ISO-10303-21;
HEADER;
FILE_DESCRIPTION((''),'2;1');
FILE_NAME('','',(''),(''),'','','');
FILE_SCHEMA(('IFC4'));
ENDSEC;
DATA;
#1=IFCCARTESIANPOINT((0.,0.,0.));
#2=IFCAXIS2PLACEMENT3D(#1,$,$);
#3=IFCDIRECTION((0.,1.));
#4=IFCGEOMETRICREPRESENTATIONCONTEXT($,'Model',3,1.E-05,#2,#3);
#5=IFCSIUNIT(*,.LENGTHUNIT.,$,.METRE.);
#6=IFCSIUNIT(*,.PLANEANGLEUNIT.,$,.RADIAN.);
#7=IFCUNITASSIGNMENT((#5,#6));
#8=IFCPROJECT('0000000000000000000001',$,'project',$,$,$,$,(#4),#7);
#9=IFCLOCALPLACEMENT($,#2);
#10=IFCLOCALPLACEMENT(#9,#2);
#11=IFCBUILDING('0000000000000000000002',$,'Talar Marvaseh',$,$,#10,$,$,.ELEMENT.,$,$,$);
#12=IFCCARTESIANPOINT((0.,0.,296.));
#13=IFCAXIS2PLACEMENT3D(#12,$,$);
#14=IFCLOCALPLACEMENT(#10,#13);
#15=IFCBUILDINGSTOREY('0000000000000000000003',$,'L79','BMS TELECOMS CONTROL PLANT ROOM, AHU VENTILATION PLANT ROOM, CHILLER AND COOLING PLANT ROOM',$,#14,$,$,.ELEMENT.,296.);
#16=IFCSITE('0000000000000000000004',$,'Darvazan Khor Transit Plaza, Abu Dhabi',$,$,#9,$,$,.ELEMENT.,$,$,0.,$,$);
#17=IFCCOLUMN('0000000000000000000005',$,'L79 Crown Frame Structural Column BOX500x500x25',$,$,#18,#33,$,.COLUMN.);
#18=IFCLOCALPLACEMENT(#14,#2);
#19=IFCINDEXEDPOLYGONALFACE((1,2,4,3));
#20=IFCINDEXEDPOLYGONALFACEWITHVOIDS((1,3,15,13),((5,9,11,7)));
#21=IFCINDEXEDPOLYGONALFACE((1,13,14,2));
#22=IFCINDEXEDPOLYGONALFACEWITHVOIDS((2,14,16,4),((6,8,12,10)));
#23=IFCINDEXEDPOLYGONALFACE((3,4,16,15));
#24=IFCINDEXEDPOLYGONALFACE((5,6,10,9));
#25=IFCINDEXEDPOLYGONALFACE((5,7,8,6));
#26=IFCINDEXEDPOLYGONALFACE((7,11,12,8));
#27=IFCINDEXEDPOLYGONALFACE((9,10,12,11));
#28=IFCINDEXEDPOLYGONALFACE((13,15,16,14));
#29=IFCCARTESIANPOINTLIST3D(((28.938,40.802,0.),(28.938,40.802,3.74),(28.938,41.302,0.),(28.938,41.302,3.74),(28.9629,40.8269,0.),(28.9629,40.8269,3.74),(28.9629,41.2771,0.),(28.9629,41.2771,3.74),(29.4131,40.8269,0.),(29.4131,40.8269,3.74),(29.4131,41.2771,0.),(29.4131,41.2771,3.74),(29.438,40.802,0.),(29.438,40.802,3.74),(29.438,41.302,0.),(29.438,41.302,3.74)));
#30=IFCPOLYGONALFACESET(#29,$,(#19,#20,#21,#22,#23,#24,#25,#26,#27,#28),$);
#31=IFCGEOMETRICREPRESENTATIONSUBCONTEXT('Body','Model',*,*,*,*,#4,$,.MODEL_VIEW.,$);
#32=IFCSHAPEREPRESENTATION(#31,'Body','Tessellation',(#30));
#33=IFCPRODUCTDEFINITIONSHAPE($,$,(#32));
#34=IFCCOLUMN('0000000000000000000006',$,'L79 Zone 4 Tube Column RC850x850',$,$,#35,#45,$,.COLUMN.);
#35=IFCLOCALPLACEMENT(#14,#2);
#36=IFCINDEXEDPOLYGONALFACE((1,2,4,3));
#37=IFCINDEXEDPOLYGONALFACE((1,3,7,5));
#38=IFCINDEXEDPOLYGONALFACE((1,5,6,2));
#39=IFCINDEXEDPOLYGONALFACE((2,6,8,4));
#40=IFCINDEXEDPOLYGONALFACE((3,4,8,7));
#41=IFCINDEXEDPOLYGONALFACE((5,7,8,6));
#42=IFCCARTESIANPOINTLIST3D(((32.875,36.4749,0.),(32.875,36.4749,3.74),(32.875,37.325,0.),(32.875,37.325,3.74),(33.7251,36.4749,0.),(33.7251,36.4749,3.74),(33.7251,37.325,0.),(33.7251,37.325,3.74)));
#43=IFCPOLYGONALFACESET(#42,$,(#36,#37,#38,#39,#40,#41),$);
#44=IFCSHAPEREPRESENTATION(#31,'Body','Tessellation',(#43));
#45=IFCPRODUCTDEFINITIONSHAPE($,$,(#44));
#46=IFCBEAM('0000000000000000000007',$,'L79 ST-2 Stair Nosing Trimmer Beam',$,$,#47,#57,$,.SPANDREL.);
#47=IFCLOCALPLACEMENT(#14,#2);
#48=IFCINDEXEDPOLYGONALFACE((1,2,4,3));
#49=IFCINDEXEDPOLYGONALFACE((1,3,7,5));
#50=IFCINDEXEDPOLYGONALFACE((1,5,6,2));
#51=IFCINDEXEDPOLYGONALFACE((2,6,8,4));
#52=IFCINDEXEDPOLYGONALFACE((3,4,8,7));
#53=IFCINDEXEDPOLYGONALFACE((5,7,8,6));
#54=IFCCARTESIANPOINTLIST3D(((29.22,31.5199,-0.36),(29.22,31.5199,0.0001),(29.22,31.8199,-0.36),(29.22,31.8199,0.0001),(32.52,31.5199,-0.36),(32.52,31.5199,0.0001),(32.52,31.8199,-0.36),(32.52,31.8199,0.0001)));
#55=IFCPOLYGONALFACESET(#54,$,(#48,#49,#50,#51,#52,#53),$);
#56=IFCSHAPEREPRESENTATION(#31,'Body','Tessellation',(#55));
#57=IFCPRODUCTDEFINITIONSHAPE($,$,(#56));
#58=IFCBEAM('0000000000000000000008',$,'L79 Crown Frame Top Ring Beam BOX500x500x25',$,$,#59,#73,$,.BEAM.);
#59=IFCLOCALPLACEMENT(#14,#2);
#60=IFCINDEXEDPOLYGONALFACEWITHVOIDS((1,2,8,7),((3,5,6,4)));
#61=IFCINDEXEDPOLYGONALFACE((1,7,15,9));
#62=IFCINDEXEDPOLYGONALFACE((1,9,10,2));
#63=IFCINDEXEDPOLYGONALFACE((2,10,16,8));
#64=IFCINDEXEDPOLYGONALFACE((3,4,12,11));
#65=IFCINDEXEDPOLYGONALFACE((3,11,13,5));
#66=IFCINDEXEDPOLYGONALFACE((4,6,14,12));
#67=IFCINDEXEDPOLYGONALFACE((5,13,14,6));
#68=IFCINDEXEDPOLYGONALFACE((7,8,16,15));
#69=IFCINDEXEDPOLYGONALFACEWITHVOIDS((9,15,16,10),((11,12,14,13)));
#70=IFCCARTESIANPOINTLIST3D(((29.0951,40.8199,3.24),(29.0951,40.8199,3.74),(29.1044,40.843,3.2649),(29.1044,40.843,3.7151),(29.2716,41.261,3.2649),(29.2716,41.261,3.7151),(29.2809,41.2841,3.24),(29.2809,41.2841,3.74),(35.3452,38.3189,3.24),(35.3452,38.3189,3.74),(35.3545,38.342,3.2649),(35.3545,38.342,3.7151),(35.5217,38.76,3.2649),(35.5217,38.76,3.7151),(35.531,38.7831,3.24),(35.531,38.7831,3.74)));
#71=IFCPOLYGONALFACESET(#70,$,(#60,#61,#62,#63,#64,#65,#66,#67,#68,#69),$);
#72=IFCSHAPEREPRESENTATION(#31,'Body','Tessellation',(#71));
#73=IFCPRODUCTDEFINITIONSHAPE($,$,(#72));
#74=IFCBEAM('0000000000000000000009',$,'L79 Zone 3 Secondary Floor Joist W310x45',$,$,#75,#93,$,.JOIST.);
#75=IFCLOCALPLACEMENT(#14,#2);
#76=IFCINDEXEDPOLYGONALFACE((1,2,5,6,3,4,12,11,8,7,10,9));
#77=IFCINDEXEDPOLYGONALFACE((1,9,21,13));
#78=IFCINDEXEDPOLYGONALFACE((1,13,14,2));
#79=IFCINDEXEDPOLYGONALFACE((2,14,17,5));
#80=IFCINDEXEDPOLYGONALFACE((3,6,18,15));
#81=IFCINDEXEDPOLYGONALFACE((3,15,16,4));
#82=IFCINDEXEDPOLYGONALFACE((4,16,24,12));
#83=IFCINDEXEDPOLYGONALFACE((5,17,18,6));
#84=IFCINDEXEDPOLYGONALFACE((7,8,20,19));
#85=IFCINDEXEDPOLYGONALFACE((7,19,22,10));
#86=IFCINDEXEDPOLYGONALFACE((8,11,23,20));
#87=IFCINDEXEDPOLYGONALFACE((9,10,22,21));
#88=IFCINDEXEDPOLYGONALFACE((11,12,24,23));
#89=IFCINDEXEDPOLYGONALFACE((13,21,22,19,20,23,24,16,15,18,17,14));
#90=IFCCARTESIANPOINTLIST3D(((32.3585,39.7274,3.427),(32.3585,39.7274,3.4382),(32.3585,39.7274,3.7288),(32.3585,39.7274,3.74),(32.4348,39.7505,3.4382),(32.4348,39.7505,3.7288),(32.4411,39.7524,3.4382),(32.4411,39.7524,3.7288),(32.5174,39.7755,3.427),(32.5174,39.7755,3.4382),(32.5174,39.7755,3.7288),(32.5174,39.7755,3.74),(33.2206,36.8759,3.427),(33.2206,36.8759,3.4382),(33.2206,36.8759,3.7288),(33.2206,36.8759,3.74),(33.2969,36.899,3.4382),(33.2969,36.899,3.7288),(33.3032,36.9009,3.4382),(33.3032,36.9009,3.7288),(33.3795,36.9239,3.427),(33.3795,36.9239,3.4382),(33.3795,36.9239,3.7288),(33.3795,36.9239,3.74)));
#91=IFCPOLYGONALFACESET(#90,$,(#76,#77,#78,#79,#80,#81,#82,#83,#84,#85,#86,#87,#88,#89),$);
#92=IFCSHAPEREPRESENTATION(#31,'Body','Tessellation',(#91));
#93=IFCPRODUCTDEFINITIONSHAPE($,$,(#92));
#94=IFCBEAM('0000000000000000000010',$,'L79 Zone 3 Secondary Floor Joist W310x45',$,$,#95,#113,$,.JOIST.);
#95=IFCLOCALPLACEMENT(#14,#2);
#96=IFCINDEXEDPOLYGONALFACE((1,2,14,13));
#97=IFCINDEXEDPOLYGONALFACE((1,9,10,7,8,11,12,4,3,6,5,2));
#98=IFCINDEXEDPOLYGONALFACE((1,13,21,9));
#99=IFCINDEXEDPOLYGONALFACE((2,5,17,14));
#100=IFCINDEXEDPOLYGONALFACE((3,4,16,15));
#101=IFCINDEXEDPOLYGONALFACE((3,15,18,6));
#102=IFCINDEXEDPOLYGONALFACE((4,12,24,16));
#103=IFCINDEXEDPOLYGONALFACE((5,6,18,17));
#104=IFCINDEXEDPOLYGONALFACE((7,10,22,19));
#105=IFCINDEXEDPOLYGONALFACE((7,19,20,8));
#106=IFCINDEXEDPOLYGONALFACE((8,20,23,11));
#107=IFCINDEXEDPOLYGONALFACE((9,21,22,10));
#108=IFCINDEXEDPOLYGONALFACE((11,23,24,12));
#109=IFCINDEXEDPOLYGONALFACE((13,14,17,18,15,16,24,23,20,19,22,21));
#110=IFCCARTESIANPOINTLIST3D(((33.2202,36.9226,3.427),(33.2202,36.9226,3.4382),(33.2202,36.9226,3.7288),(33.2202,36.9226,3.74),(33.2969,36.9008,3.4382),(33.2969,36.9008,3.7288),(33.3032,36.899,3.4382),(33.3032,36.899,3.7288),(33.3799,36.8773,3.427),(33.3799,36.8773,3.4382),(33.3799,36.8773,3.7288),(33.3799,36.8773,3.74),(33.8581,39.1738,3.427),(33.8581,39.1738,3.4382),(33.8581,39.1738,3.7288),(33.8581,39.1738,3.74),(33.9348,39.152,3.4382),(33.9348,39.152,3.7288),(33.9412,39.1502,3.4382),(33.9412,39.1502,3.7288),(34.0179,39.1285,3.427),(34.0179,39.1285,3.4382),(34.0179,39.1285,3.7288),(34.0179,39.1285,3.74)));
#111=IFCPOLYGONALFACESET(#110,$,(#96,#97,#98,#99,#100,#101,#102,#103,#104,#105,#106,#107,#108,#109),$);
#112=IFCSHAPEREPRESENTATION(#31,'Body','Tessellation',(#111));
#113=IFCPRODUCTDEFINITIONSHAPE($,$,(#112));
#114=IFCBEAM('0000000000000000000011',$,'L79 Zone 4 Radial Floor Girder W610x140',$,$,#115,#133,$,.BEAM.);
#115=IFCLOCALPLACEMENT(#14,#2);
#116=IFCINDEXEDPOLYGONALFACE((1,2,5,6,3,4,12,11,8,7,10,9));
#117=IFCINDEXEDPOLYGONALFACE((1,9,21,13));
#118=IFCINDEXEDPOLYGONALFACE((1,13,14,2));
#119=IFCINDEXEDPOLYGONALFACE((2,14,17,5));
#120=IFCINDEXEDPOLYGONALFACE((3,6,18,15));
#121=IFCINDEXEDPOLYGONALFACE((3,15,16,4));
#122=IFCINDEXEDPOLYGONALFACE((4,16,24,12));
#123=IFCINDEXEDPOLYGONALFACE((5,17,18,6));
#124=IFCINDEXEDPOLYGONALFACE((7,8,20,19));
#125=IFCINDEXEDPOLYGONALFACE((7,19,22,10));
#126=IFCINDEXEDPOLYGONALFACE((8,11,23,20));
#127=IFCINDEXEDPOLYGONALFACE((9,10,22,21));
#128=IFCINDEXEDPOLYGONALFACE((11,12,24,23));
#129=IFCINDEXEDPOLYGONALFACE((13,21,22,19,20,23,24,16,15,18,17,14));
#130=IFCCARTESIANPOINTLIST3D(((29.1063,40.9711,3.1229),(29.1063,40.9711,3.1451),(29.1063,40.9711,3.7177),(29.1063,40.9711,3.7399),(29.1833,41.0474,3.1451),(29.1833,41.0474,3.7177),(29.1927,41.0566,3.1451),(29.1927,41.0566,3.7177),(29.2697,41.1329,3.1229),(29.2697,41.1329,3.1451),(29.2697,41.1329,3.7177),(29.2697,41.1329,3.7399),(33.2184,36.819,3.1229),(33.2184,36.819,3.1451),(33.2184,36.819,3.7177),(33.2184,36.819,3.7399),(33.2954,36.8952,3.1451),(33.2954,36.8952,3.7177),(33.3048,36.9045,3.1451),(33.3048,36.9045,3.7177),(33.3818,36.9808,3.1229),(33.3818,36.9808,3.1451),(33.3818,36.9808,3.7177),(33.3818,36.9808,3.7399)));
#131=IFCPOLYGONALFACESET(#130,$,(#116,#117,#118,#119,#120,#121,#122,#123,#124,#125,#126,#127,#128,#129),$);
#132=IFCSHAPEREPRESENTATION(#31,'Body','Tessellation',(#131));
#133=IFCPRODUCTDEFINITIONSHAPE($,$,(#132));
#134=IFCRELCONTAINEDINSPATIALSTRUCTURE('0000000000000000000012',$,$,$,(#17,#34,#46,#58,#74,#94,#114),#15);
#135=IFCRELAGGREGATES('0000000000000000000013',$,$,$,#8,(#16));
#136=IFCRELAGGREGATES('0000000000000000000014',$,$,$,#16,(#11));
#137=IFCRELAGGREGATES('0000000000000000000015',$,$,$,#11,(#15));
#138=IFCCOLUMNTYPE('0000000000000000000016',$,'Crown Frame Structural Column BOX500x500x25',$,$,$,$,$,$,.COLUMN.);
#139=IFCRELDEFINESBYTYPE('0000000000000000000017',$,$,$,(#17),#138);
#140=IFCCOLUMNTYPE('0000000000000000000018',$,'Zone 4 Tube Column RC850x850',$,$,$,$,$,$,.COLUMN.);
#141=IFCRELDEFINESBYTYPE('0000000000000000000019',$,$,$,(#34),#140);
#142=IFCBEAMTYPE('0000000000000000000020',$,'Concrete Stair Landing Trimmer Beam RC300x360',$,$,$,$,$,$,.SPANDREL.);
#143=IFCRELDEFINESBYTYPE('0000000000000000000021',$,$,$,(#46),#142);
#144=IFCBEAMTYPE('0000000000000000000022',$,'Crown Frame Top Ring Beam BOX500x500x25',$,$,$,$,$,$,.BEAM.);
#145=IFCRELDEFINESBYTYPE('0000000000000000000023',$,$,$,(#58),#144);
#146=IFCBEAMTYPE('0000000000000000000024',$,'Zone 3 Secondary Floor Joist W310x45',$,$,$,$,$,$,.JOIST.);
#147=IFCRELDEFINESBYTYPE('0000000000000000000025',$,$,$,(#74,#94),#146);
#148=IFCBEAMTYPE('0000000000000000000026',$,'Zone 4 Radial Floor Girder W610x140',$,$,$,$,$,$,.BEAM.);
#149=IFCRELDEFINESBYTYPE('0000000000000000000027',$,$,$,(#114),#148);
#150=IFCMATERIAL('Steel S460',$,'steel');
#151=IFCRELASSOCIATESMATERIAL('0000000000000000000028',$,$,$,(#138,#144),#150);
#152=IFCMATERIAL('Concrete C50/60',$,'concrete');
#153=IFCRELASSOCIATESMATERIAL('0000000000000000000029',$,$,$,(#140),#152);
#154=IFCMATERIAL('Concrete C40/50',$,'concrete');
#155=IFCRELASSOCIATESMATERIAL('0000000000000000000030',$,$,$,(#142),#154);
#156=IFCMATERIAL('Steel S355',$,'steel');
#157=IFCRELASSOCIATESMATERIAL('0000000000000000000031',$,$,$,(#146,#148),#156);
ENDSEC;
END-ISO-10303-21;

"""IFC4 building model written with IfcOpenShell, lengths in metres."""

from ifc_helpers import new_model, si_unit, direction, frame, origin, origin_2d, place, context, subcontext, project, spatial, rectangle, hollow_rectangle, i_section, extrude, material, material_profile, profile_set, type_object, element, save


model = new_model("IFC4")

# Units and contexts
model_context = context("Model", 3, precision=1e-05, world=origin(), true_north=direction((0.0, 1.0)))
body_context = subcontext(model_context, "Body", "Model", "MODEL_VIEW")
ifc_project = project(units=[si_unit("LENGTHUNIT", "METRE"), si_unit("PLANEANGLEUNIT", "RADIAN")], contexts=[model_context])

# Site, building, storey
site_placement = place(None, origin())
site = spatial("IfcSite", under=ifc_project, at=site_placement, Name="Darvazan Khor Transit Plaza, Abu Dhabi", CompositionType="ELEMENT", RefElevation=0.0)
building_placement = place(site_placement, origin())
building = spatial("IfcBuilding", under=site, at=building_placement, Name="Talar Marvaseh", CompositionType="ELEMENT")
storey_placement = place(building_placement, frame((0.0, 0.0, 296.0)))
storey = spatial("IfcBuildingStorey", under=building, at=storey_placement, Name="L79", Description="BMS TELECOMS CONTROL PLANT ROOM, AHU VENTILATION PLANT ROOM, CHILLER AND COOLING PLANT ROOM", CompositionType="ELEMENT", Elevation=296.0)

# Columns
ifc_material_1 = material(Name="Steel S460", Category="steel")
ifc_material_profile_1 = material_profile(ifc_material_1, hollow_rectangle(XDim=0.5, YDim=0.5, WallThickness=0.0249, at=origin_2d()), Name="BOX500x500x25")
ifc_profile_set_1 = profile_set([ifc_material_profile_1], Name="Steel S460")
column_type_1 = type_object("IfcColumnType", Name="Crown Frame Structural Column BOX500x500x25", PredefinedType="COLUMN", material=ifc_profile_set_1)
column_1_placement = place(storey_placement, frame((29.188, 41.052, 0.0), z_axis=(0.0, 0.0, 1.0), x_axis=(1.0, 0.0, 0.0)))
element("IfcColumn", 1, at=column_1_placement, inside=storey, type_object=column_type_1, Name="L79 Crown Frame Structural Column BOX500x500x25", PredefinedType="COLUMN", context=body_context, shape_type="SweptSolid", body=[
    extrude(hollow_rectangle(XDim=0.5, YDim=0.5, WallThickness=0.0249, at=origin_2d()), origin(), (0.0, 0.0, 1.0), 3.74),
])
ifc_material_2 = material(Name="Concrete C50/60", Category="concrete")
ifc_material_profile_2 = material_profile(ifc_material_2, rectangle(XDim=0.8501, YDim=0.8501, at=origin_2d()), Name="RC850x850")
ifc_profile_set_2 = profile_set([ifc_material_profile_2], Name="Concrete C50/60")
column_type_2 = type_object("IfcColumnType", Name="Zone 4 Tube Column RC850x850", PredefinedType="COLUMN", material=ifc_profile_set_2)
column_2_placement = place(storey_placement, frame((33.3, 36.8999, 0.0), z_axis=(0.0, 0.0, 1.0), x_axis=(1.0, 0.0, 0.0)))
element("IfcColumn", 2, at=column_2_placement, inside=storey, type_object=column_type_2, Name="L79 Zone 4 Tube Column RC850x850", PredefinedType="COLUMN", context=body_context, shape_type="SweptSolid", body=[
    extrude(rectangle(XDim=0.8501, YDim=0.8501, at=origin_2d()), origin(), (0.0, 0.0, 1.0), 3.74),
])

# Beams
ifc_material_3 = material(Name="Concrete C40/50", Category="concrete")
ifc_material_profile_3 = material_profile(ifc_material_3, rectangle(XDim=0.3, YDim=0.3601, at=origin_2d()), Name="RC300x360")
ifc_profile_set_3 = profile_set([ifc_material_profile_3], Name="Concrete C40/50")
beam_type_1 = type_object("IfcBeamType", Name="Concrete Stair Landing Trimmer Beam RC300x360", PredefinedType="SPANDREL", material=ifc_profile_set_3)
beam_1_placement = place(storey_placement, frame((29.22, 31.6699, -0.1799), z_axis=(1.0, 0.0, 0.0), x_axis=(0.0, 1.0, 0.0)))
element("IfcBeam", 3, at=beam_1_placement, inside=storey, type_object=beam_type_1, Name="L79 ST-2 Stair Nosing Trimmer Beam", PredefinedType="SPANDREL", context=body_context, shape_type="SweptSolid", body=[
    extrude(rectangle(XDim=0.3, YDim=0.3601, at=origin_2d()), origin(), (0.0, 0.0, 1.0), 3.3),
])
ifc_material_profile_4 = material_profile(ifc_material_1, hollow_rectangle(XDim=0.5, YDim=0.5, WallThickness=0.0249, at=origin_2d()), Name="BOX500x500x25")
ifc_profile_set_4 = profile_set([ifc_material_profile_4], Name="Steel S460")
beam_type_2 = type_object("IfcBeamType", Name="Crown Frame Top Ring Beam BOX500x500x25", PredefinedType="BEAM", material=ifc_profile_set_4)
beam_2_placement = place(storey_placement, frame((29.188, 41.052, 3.49), z_axis=(0.928427, -0.371516, 0.0), x_axis=(0.371516, 0.928427, 0.0)))
element("IfcBeam", 4, at=beam_2_placement, inside=storey, type_object=beam_type_2, Name="L79 Crown Frame Top Ring Beam BOX500x500x25", PredefinedType="BEAM", context=body_context, shape_type="SweptSolid", body=[
    extrude(hollow_rectangle(XDim=0.5, YDim=0.5, WallThickness=0.0249, at=origin_2d()), origin(), (0.0, 0.0, 1.0), 6.7319),
])
ifc_material_4 = material(Name="Steel S355", Category="steel")
ifc_material_profile_5 = material_profile(ifc_material_4, i_section(OverallWidth=0.166, OverallDepth=0.313, WebThickness=0.0066, FlangeThickness=0.0112, at=origin_2d()), Name="W310x45")
ifc_profile_set_5 = profile_set([ifc_material_profile_5], Name="Steel S355")
beam_type_3 = type_object("IfcBeamType", Name="Zone 3 Secondary Floor Joist W310x45", PredefinedType="JOIST", material=ifc_profile_set_5)
beam_3_placement = place(storey_placement, frame((32.438, 39.7515, 3.5835), z_axis=(0.289377, -0.957215, 0.0), x_axis=(0.957215, 0.289377, 0.0)))
element("IfcBeam", 5, at=beam_3_placement, inside=storey, type_object=beam_type_3, Name="L79 Zone 3 Secondary Floor Joist W310x45", PredefinedType="JOIST", context=body_context, shape_type="SweptSolid", body=[
    extrude(i_section(OverallWidth=0.166, OverallDepth=0.313, WebThickness=0.0066, FlangeThickness=0.0112, at=origin_2d()), origin(), (0.0, 0.0, 1.0), 2.979),
])
beam_4_placement = place(storey_placement, frame((33.938, 39.1511, 3.5835), z_axis=(-0.27264, -0.962116, 0.0), x_axis=(0.962116, -0.27264, 0.0)))
element("IfcBeam", 6, at=beam_4_placement, inside=storey, type_object=beam_type_3, Name="L79 Zone 3 Secondary Floor Joist W310x45", PredefinedType="JOIST", context=body_context, shape_type="SweptSolid", body=[
    extrude(i_section(OverallWidth=0.166, OverallDepth=0.313, WebThickness=0.0066, FlangeThickness=0.0112, at=origin_2d()), origin(), (0.0, 0.0, 1.0), 2.3398),
])
ifc_material_profile_6 = material_profile(ifc_material_4, i_section(OverallWidth=0.23, OverallDepth=0.6169, WebThickness=0.0132, FlangeThickness=0.0222, at=origin_2d()), Name="W610x140")
ifc_profile_set_6 = profile_set([ifc_material_profile_6], Name="Steel S355")
beam_type_4 = type_object("IfcBeamType", Name="Zone 4 Radial Floor Girder W610x140", PredefinedType="BEAM", material=ifc_profile_set_6)
beam_5_placement = place(storey_placement, frame((29.188, 41.052, 3.4314), z_axis=(0.703673, -0.710524, 0.0), x_axis=(0.710524, 0.703673, 0.0)))
element("IfcBeam", 7, at=beam_5_placement, inside=storey, type_object=beam_type_4, Name="L79 Zone 4 Radial Floor Girder W610x140", PredefinedType="BEAM", context=body_context, shape_type="SweptSolid", body=[
    extrude(i_section(OverallWidth=0.23, OverallDepth=0.6169, WebThickness=0.0132, FlangeThickness=0.0222, at=origin_2d()), origin(), (0.0, 0.0, 1.0), 5.8438),
])

save(model, "model.ifc")
